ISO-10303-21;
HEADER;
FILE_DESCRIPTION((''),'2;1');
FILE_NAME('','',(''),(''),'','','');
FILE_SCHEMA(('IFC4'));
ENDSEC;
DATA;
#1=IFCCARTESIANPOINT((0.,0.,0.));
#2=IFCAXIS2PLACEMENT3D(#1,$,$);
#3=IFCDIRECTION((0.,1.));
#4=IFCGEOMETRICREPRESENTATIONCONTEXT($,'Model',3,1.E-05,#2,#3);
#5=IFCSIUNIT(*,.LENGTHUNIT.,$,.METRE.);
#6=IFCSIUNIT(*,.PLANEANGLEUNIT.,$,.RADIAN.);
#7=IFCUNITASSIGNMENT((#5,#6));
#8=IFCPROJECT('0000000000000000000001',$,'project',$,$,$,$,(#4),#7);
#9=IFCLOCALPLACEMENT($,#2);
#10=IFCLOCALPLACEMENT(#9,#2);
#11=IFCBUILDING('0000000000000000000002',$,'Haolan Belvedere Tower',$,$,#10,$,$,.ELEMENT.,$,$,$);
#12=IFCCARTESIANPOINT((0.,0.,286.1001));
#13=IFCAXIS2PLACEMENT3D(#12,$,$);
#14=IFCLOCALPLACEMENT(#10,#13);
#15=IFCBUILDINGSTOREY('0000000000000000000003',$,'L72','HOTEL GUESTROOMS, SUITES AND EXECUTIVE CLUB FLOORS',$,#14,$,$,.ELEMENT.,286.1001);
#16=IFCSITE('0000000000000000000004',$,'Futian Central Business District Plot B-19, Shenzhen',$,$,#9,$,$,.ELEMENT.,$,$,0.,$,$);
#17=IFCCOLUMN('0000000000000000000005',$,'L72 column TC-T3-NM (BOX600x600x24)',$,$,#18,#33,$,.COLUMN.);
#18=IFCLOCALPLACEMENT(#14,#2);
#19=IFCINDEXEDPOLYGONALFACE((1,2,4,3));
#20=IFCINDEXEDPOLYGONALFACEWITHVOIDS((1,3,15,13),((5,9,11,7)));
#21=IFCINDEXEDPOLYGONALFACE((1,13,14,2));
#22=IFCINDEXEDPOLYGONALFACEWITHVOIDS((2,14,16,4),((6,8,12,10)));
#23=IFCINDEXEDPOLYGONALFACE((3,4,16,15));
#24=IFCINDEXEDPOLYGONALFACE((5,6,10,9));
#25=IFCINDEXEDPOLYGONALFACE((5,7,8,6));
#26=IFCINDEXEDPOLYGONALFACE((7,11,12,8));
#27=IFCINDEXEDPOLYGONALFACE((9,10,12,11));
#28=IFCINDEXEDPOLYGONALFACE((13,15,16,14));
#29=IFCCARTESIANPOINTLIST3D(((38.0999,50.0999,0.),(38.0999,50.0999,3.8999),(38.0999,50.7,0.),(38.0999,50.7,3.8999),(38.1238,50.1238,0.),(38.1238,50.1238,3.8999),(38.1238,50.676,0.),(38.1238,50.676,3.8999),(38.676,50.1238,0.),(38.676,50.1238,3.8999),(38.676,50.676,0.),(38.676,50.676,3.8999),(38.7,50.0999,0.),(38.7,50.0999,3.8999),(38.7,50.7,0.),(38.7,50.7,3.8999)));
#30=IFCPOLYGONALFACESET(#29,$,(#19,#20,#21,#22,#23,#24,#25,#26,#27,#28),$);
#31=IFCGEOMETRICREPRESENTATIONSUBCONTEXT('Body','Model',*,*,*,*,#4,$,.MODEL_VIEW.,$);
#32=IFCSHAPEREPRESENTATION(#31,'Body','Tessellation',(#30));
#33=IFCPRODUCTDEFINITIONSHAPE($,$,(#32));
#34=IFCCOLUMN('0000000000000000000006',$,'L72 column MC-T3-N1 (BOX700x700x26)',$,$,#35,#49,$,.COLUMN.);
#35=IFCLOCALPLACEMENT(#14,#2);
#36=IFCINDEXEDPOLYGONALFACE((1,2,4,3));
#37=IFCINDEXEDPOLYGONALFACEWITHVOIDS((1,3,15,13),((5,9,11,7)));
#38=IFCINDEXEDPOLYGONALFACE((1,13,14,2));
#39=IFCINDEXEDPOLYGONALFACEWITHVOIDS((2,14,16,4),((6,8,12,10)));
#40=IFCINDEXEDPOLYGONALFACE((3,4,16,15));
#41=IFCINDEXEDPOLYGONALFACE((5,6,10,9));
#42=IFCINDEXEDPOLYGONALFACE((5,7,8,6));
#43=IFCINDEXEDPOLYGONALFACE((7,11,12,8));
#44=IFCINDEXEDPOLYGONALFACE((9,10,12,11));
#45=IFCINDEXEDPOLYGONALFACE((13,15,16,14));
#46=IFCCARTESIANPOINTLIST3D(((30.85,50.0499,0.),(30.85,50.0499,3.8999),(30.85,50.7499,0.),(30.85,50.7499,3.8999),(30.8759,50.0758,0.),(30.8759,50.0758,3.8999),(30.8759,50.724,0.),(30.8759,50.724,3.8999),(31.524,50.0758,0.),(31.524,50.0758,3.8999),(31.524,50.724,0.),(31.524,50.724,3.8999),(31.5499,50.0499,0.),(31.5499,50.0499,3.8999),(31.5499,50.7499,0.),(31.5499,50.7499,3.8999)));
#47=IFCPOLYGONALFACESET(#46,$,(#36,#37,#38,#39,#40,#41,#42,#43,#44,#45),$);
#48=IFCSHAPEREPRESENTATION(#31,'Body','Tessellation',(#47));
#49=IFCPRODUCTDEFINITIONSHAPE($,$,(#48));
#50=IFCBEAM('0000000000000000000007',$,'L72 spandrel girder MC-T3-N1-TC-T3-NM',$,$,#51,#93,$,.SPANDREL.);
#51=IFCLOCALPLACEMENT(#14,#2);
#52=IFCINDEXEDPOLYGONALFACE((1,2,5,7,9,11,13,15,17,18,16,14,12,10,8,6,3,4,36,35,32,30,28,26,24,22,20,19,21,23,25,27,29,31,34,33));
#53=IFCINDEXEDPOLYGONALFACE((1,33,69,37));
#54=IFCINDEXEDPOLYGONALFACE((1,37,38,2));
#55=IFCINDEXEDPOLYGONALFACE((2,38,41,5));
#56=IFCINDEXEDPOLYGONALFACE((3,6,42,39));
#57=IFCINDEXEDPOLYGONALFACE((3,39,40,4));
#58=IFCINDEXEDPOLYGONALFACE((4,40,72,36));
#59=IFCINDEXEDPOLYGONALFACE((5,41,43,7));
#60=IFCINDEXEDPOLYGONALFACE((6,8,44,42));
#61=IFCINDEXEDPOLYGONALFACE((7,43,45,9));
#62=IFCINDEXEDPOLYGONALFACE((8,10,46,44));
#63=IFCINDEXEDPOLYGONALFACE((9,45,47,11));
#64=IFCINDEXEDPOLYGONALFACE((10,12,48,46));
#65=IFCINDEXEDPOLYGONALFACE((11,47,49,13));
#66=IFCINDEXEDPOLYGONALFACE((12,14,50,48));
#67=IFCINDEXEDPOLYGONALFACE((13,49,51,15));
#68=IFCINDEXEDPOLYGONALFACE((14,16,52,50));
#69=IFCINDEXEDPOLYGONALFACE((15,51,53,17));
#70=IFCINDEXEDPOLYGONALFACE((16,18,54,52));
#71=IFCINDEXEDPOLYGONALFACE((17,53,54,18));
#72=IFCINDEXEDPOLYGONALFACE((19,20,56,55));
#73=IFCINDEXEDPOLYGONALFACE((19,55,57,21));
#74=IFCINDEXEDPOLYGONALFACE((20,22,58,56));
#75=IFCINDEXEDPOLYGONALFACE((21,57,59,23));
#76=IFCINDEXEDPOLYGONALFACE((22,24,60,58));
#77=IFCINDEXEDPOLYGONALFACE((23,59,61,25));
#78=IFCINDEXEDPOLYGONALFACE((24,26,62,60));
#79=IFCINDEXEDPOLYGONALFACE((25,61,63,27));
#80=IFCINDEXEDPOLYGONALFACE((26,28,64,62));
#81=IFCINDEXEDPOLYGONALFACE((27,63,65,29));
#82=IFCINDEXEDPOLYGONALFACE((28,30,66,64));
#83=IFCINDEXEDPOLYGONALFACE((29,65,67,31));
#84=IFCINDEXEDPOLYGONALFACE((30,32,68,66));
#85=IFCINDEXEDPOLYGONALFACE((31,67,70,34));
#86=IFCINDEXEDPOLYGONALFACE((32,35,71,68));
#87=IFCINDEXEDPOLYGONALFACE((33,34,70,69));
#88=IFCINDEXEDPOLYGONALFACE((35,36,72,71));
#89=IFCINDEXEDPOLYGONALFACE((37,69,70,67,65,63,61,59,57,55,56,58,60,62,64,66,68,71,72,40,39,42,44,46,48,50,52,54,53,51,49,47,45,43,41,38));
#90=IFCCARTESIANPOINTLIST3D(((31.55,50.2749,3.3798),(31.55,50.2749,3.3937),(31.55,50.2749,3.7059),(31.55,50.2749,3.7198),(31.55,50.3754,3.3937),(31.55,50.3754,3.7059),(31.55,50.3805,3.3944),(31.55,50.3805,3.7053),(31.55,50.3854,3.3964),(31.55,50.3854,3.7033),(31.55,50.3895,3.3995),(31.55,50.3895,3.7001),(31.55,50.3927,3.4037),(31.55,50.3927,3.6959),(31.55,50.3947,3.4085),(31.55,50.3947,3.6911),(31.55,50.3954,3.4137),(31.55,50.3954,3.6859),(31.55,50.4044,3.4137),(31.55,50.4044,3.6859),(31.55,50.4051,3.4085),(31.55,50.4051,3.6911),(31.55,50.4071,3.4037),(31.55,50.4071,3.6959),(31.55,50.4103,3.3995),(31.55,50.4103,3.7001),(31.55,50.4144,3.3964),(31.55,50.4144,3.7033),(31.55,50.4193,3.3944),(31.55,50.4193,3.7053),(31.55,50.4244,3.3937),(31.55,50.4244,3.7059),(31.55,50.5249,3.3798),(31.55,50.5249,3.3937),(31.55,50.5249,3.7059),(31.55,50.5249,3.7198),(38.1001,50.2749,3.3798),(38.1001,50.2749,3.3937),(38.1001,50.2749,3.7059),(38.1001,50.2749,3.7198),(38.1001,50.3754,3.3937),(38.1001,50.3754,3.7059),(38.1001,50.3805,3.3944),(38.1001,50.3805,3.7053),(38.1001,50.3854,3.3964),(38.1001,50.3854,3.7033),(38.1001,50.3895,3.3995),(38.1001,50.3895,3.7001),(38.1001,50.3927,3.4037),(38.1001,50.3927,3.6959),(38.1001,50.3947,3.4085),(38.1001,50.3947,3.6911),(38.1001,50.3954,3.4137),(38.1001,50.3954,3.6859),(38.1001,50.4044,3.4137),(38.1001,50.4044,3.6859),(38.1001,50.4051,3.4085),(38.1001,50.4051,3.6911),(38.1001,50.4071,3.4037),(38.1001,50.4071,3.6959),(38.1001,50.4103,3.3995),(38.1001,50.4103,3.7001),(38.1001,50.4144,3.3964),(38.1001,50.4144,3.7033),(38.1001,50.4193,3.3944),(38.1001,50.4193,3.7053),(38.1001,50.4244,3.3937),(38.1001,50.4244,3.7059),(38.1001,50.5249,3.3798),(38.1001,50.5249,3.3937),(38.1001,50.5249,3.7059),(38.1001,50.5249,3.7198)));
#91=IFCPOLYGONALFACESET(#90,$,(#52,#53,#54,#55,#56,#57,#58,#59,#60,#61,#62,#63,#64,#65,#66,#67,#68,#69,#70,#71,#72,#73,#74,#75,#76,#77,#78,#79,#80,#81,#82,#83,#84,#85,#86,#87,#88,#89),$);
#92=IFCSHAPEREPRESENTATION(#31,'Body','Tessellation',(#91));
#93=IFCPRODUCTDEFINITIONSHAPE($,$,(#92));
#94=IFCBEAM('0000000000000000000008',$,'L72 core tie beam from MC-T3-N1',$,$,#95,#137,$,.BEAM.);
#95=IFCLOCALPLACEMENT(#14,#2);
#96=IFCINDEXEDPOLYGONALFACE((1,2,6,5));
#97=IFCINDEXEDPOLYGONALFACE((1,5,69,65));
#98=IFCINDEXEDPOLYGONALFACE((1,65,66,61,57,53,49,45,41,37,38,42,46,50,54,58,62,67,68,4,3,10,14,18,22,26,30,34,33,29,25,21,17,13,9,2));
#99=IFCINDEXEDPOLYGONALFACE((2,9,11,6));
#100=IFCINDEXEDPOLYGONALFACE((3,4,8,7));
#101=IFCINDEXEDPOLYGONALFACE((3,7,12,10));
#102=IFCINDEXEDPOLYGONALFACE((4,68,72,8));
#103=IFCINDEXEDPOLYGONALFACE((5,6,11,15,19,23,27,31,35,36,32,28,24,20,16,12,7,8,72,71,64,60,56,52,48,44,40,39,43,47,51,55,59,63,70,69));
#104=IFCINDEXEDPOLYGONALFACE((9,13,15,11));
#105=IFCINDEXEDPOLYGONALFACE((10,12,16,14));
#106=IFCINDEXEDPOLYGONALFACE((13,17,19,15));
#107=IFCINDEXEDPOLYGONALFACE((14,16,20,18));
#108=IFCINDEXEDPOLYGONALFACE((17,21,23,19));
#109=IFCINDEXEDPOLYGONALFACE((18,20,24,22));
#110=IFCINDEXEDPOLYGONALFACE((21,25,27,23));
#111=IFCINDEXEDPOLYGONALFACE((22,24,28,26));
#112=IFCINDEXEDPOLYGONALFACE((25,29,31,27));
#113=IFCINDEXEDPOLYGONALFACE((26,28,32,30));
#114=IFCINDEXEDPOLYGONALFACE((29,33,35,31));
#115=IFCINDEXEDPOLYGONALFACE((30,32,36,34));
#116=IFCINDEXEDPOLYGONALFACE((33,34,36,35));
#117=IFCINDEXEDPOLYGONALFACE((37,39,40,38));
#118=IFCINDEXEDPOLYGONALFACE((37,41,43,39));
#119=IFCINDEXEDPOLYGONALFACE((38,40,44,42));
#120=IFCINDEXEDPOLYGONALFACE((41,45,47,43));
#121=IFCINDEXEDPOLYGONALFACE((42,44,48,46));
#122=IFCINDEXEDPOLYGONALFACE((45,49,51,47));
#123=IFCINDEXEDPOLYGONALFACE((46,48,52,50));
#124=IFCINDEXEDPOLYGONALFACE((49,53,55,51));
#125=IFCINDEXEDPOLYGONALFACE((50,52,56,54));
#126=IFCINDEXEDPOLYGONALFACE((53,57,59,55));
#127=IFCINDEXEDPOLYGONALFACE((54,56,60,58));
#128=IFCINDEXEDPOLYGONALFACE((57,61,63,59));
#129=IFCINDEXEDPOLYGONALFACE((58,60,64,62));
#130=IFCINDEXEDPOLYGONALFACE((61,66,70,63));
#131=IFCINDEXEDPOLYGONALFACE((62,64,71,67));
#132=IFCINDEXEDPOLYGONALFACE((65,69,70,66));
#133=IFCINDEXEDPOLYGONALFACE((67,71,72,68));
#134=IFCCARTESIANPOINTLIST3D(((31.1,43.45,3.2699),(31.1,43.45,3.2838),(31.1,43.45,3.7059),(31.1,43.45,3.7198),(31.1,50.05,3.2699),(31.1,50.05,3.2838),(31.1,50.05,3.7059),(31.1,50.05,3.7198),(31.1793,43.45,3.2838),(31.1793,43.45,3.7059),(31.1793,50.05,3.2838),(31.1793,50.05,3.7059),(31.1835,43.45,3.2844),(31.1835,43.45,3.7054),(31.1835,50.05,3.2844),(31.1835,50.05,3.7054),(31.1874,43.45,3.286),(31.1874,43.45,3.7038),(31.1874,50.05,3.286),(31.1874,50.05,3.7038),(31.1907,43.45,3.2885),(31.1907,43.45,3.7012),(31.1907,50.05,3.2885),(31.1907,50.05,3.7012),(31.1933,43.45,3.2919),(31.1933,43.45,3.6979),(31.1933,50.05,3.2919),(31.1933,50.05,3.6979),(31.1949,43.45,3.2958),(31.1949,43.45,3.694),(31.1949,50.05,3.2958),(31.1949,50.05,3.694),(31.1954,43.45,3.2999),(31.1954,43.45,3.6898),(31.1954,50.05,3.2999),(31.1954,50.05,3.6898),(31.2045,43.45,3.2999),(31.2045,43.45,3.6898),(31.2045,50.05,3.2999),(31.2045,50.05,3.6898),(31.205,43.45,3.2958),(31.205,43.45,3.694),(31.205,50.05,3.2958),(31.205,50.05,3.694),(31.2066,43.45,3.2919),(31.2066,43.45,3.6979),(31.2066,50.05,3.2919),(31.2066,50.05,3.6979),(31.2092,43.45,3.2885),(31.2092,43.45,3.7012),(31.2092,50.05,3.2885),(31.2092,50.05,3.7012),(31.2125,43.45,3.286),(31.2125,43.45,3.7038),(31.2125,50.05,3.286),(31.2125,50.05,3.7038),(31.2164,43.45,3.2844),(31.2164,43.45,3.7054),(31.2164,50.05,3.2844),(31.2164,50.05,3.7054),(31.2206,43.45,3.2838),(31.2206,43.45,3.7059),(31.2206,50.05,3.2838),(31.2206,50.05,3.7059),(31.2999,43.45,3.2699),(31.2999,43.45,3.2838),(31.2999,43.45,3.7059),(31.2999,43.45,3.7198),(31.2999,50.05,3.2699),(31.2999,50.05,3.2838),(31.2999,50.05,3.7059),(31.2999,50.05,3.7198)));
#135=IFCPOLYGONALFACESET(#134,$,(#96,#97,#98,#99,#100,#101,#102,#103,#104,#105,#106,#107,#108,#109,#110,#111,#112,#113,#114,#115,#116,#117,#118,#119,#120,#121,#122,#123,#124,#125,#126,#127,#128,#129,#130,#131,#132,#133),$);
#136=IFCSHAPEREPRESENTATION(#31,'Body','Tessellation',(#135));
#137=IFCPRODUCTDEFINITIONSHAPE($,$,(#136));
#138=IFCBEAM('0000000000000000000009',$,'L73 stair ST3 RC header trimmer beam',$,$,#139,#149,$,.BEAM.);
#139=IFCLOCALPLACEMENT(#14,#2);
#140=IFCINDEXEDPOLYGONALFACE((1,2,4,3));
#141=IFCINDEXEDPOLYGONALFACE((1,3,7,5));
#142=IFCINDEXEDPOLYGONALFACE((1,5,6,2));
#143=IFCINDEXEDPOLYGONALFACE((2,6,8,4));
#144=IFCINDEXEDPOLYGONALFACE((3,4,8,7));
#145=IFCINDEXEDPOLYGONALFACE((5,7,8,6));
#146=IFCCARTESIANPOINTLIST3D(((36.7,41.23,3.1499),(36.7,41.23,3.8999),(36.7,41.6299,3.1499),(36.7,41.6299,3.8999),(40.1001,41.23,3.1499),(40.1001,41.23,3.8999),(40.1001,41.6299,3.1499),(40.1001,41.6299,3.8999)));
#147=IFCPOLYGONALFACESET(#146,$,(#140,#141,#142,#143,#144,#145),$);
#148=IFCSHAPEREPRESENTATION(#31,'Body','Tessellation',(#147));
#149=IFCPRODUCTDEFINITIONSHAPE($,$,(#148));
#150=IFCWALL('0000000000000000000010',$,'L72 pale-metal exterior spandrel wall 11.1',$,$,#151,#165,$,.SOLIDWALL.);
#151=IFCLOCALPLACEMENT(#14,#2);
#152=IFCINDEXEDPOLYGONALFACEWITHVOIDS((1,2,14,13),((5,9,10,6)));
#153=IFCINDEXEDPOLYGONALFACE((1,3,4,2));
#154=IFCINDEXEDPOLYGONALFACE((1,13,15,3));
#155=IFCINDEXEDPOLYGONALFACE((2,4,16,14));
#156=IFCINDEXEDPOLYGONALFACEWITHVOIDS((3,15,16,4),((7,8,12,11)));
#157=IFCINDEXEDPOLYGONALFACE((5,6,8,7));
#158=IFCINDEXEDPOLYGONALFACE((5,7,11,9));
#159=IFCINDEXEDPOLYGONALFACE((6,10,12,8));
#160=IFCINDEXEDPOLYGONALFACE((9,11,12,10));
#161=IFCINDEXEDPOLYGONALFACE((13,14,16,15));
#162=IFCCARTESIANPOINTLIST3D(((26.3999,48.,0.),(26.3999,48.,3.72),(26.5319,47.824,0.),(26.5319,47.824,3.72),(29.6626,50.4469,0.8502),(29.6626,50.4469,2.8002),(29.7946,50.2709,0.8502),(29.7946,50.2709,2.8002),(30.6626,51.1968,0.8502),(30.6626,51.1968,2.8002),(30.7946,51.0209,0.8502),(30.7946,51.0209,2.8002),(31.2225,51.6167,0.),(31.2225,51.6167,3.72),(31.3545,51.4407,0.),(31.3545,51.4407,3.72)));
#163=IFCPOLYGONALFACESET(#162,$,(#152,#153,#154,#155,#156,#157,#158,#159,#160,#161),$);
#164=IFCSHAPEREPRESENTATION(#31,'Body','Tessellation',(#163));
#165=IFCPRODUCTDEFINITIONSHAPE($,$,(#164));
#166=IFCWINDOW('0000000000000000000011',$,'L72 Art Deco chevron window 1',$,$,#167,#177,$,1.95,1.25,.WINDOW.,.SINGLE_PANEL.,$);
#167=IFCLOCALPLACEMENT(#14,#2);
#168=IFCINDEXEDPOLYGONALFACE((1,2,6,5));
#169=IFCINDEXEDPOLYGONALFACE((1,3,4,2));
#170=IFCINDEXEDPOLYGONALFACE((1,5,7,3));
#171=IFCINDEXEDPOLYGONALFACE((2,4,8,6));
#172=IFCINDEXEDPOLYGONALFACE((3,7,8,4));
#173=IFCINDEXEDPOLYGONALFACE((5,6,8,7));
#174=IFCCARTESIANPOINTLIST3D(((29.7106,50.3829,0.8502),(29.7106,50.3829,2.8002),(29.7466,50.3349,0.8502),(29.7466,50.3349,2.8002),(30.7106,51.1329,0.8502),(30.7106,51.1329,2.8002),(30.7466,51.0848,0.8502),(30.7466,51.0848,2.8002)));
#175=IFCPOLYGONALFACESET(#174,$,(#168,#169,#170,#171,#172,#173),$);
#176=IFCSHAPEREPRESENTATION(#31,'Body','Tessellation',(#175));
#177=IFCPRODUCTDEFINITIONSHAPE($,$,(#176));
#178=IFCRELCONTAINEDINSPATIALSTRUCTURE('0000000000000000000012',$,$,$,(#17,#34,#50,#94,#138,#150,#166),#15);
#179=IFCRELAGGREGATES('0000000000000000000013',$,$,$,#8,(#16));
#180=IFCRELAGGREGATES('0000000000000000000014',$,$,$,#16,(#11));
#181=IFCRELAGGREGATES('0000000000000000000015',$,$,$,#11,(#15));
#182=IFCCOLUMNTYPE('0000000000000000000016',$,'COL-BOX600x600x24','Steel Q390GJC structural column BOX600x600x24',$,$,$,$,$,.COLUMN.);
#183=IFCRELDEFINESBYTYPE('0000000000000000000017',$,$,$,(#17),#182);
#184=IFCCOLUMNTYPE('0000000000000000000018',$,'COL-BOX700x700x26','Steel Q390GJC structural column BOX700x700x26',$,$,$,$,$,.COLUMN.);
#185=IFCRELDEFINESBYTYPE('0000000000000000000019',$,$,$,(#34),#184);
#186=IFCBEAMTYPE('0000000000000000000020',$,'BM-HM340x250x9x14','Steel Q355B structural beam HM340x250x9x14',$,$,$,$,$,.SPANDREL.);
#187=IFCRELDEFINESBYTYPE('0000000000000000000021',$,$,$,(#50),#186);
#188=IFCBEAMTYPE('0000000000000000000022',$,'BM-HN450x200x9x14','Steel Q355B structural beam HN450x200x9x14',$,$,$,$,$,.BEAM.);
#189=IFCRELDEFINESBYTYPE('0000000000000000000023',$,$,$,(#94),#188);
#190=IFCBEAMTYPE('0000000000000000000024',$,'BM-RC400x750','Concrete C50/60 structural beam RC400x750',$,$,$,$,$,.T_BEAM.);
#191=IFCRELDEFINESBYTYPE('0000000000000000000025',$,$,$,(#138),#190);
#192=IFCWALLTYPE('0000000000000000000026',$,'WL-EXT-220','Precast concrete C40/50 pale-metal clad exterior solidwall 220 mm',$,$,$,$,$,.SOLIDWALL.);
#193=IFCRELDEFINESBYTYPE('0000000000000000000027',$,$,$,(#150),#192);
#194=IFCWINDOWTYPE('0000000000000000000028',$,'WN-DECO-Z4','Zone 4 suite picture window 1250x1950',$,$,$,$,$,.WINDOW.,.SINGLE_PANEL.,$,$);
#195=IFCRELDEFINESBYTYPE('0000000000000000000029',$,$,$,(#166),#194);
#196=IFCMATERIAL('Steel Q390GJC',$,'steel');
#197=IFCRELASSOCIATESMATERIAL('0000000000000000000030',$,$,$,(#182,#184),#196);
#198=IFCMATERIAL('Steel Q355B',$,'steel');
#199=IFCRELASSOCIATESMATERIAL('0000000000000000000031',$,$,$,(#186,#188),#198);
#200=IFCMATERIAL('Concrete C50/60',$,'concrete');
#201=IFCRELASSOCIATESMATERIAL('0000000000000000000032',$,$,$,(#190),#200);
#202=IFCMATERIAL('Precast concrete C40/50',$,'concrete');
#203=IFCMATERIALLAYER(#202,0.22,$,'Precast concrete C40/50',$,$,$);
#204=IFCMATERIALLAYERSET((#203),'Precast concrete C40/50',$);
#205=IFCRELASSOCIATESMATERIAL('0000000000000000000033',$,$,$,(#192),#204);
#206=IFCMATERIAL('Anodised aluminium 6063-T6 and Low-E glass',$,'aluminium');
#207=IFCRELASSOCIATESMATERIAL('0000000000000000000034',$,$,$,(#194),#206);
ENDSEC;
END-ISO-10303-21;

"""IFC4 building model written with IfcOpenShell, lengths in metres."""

from ifc_helpers import new_model, si_unit, direction, frame, frame_2d, origin, origin_2d, place, context, subcontext, project, spatial, rectangle, hollow_rectangle, i_section, extrude, material, layer, layer_set, material_profile, profile_set, type_object, element, fill, save


model = new_model("IFC4")

# Units and contexts
model_context = context("Model", 3, precision=1e-05, world=origin(), true_north=direction((0.0, 1.0)))
body_context = subcontext(model_context, "Body", "Model", "MODEL_VIEW")
ifc_project = project(units=[si_unit("LENGTHUNIT", "METRE"), si_unit("PLANEANGLEUNIT", "RADIAN")], contexts=[model_context])

# Site, building, storey
site_placement = place(None, origin())
site = spatial("IfcSite", under=ifc_project, at=site_placement, Name="Futian Central Business District Plot B-19, Shenzhen", CompositionType="ELEMENT", RefElevation=0.0)
building_placement = place(site_placement, origin())
building = spatial("IfcBuilding", under=site, at=building_placement, Name="Haolan Belvedere Tower", CompositionType="ELEMENT")
storey_placement = place(building_placement, frame((0.0, 0.0, 286.1001)))
storey = spatial("IfcBuildingStorey", under=building, at=storey_placement, Name="L72", Description="HOTEL GUESTROOMS, SUITES AND EXECUTIVE CLUB FLOORS", CompositionType="ELEMENT", Elevation=286.1001)

# Columns
ifc_material_1 = material(Name="Steel Q390GJC", Category="steel")
ifc_material_profile_1 = material_profile(ifc_material_1, hollow_rectangle(XDim=0.6001, YDim=0.6001, WallThickness=0.0239, at=origin_2d()), Name="Steel Q390GJC")
ifc_profile_set_1 = profile_set([ifc_material_profile_1], Name="Steel Q390GJC")
column_type_1 = type_object("IfcColumnType", Name="COL-BOX600x600x24", Description="Steel Q390GJC structural column BOX600x600x24", PredefinedType="COLUMN", material=ifc_profile_set_1)
column_1_placement = place(storey_placement, frame((38.3999, 50.3999, 0.0), z_axis=(0.0, 0.0, 1.0), x_axis=(1.0, 0.0, 0.0)))
element("IfcColumn", 1, at=column_1_placement, inside=storey, type_object=column_type_1, Name="L72 column TC-T3-NM (BOX600x600x24)", PredefinedType="COLUMN", context=body_context, shape_type="SweptSolid", body=[
    extrude(hollow_rectangle(XDim=0.6001, YDim=0.6001, WallThickness=0.0239, at=origin_2d()), origin(), (0.0, 0.0, 1.0), 3.8999),
])
ifc_material_profile_2 = material_profile(ifc_material_1, hollow_rectangle(XDim=0.7, YDim=0.7, WallThickness=0.0259, at=origin_2d()), Name="Steel Q390GJC")
ifc_profile_set_2 = profile_set([ifc_material_profile_2], Name="Steel Q390GJC")
column_type_2 = type_object("IfcColumnType", Name="COL-BOX700x700x26", Description="Steel Q390GJC structural column BOX700x700x26", PredefinedType="COLUMN", material=ifc_profile_set_2)
column_2_placement = place(storey_placement, frame((31.2, 50.3999, 0.0), z_axis=(0.0, 0.0, 1.0), x_axis=(1.0, 0.0, 0.0)))
element("IfcColumn", 2, at=column_2_placement, inside=storey, type_object=column_type_2, Name="L72 column MC-T3-N1 (BOX700x700x26)", PredefinedType="COLUMN", context=body_context, shape_type="SweptSolid", body=[
    extrude(hollow_rectangle(XDim=0.7, YDim=0.7, WallThickness=0.0259, at=origin_2d()), origin(), (0.0, 0.0, 1.0), 3.8999),
])

# Beams
ifc_material_2 = material(Name="Steel Q355B", Category="steel")
ifc_material_profile_3 = material_profile(ifc_material_2, i_section(OverallWidth=0.25, OverallDepth=0.3401, WebThickness=0.009, FlangeThickness=0.0139, FilletRadius=0.02, at=origin_2d()), Name="Steel Q355B")
ifc_profile_set_3 = profile_set([ifc_material_profile_3], Name="Steel Q355B")
beam_type_1 = type_object("IfcBeamType", Name="BM-HM340x250x9x14", Description="Steel Q355B structural beam HM340x250x9x14", PredefinedType="SPANDREL", material=ifc_profile_set_3)
beam_1_placement = place(storey_placement, frame((31.55, 50.3999, 3.5498), z_axis=(1.0, 0.0, 0.0), x_axis=(0.0, 1.0, 0.0)))
element("IfcBeam", 3, at=beam_1_placement, inside=storey, type_object=beam_type_1, Name="L72 spandrel girder MC-T3-N1-TC-T3-NM", PredefinedType="SPANDREL", context=body_context, shape_type="SweptSolid", body=[
    extrude(i_section(OverallWidth=0.25, OverallDepth=0.3401, WebThickness=0.009, FlangeThickness=0.0139, FilletRadius=0.02, at=origin_2d()), origin(), (0.0, 0.0, 1.0), 6.55),
])
ifc_material_profile_4 = material_profile(ifc_material_2, i_section(OverallWidth=0.2, OverallDepth=0.45, WebThickness=0.009, FlangeThickness=0.0139, FilletRadius=0.0161, at=origin_2d()), Name="Steel Q355B")
ifc_profile_set_4 = profile_set([ifc_material_profile_4], Name="Steel Q355B")
beam_type_2 = type_object("IfcBeamType", Name="BM-HN450x200x9x14", Description="Steel Q355B structural beam HN450x200x9x14", PredefinedType="BEAM", material=ifc_profile_set_4)
beam_2_placement = place(storey_placement, frame((31.2, 50.05, 3.4949), z_axis=(0.0, -1.0, 0.0), x_axis=(1.0, 0.0, 0.0)))
element("IfcBeam", 4, at=beam_2_placement, inside=storey, type_object=beam_type_2, Name="L72 core tie beam from MC-T3-N1", PredefinedType="BEAM", context=body_context, shape_type="SweptSolid", body=[
    extrude(i_section(OverallWidth=0.2, OverallDepth=0.45, WebThickness=0.009, FlangeThickness=0.0139, FilletRadius=0.0161, at=origin_2d()), origin(), (0.0, 0.0, 1.0), 6.6001),
])
ifc_material_3 = material(Name="Concrete C50/60", Category="concrete")
ifc_material_profile_5 = material_profile(ifc_material_3, rectangle(XDim=0.3999, YDim=0.75, at=origin_2d()), Name="Concrete C50/60")
ifc_profile_set_5 = profile_set([ifc_material_profile_5], Name="Concrete C50/60")
beam_type_3 = type_object("IfcBeamType", Name="BM-RC400x750", Description="Concrete C50/60 structural beam RC400x750", PredefinedType="T_BEAM", material=ifc_profile_set_5)
beam_3_placement = place(storey_placement, frame((36.7, 41.4299, 3.5249), z_axis=(1.0, 0.0, 0.0), x_axis=(0.0, 1.0, 0.0)))
element("IfcBeam", 5, at=beam_3_placement, inside=storey, type_object=beam_type_3, Name="L73 stair ST3 RC header trimmer beam", PredefinedType="BEAM", context=body_context, shape_type="SweptSolid", body=[
    extrude(rectangle(XDim=0.3999, YDim=0.75, at=origin_2d()), origin(), (0.0, 0.0, 1.0), 3.4001),
])

# Wall, opening, window
ifc_material_4 = material(Name="Precast concrete C40/50", Category="concrete")
ifc_layer_1 = layer(ifc_material_4, 0.22, Name="Precast concrete C40/50")
ifc_layer_set_1 = layer_set([ifc_layer_1], Name="Precast concrete C40/50")
wall_type_1 = type_object("IfcWallType", Name="WL-EXT-220", Description="Precast concrete C40/50 pale-metal clad exterior solidwall 220 mm", PredefinedType="SOLIDWALL", material=ifc_layer_set_1)
wall_1_placement = place(storey_placement, frame((31.2886, 51.5288, 0.0), z_axis=(0.0, 0.0, 1.0), x_axis=(-0.800015, -0.599981, 0.0)))
wall_1 = element("IfcWall", 6, at=wall_1_placement, inside=storey, type_object=wall_type_1, Name="L72 pale-metal exterior spandrel wall 11.1", PredefinedType="SOLIDWALL", context=body_context, shape_type="SweptSolid", body=[
    extrude(rectangle(XDim=6.0281, YDim=0.22, at=frame_2d((3.0142, 0.0))), origin(), (0.0, 0.0, 1.0), 3.72),
])
opening_1_placement = place(wall_1_placement, frame((0.7, 0.0, 0.8501)))
opening_1 = element("IfcOpeningElement", 7, at=opening_1_placement, cuts=wall_1, PredefinedType="OPENING", context=body_context, shape_type="SweptSolid", body=[
    extrude(rectangle(XDim=1.25, YDim=1.95, at=frame_2d((0.625, 0.9751))), frame((0.0, 0.1199, 0.0), z_axis=(0.0, -1.0, 0.0), x_axis=(1.0, 0.0, 0.0)), (0.0, 0.0, 1.0), 0.24),
])
ifc_material_5 = material(Name="Anodised aluminium 6063-T6 and Low-E glass", Category="aluminium")
window_type = type_object("IfcWindowType", Name="WN-DECO-Z4", Description="Zone 4 suite picture window 1250x1950", PartitioningType="SINGLE_PANEL", PredefinedType="WINDOW", material=ifc_material_5)
window_placement = place(opening_1_placement, origin())
window = element("IfcWindow", 8, at=window_placement, inside=storey, type_object=window_type, Name="L72 Art Deco chevron window 1", OverallHeight=1.95, OverallWidth=1.25, PartitioningType="SINGLE_PANEL", PredefinedType="WINDOW", context=body_context, shape_type="SweptSolid", body=[
    extrude(rectangle(XDim=1.25, YDim=1.95, at=frame_2d((0.625, 0.9751))), frame((0.0, 0.03, 0.0), z_axis=(0.0, -1.0, 0.0), x_axis=(1.0, 0.0, 0.0)), (0.0, 0.0, 1.0), 0.0601),
])
fill(opening_1, window)

save(model, "model.ifc")
